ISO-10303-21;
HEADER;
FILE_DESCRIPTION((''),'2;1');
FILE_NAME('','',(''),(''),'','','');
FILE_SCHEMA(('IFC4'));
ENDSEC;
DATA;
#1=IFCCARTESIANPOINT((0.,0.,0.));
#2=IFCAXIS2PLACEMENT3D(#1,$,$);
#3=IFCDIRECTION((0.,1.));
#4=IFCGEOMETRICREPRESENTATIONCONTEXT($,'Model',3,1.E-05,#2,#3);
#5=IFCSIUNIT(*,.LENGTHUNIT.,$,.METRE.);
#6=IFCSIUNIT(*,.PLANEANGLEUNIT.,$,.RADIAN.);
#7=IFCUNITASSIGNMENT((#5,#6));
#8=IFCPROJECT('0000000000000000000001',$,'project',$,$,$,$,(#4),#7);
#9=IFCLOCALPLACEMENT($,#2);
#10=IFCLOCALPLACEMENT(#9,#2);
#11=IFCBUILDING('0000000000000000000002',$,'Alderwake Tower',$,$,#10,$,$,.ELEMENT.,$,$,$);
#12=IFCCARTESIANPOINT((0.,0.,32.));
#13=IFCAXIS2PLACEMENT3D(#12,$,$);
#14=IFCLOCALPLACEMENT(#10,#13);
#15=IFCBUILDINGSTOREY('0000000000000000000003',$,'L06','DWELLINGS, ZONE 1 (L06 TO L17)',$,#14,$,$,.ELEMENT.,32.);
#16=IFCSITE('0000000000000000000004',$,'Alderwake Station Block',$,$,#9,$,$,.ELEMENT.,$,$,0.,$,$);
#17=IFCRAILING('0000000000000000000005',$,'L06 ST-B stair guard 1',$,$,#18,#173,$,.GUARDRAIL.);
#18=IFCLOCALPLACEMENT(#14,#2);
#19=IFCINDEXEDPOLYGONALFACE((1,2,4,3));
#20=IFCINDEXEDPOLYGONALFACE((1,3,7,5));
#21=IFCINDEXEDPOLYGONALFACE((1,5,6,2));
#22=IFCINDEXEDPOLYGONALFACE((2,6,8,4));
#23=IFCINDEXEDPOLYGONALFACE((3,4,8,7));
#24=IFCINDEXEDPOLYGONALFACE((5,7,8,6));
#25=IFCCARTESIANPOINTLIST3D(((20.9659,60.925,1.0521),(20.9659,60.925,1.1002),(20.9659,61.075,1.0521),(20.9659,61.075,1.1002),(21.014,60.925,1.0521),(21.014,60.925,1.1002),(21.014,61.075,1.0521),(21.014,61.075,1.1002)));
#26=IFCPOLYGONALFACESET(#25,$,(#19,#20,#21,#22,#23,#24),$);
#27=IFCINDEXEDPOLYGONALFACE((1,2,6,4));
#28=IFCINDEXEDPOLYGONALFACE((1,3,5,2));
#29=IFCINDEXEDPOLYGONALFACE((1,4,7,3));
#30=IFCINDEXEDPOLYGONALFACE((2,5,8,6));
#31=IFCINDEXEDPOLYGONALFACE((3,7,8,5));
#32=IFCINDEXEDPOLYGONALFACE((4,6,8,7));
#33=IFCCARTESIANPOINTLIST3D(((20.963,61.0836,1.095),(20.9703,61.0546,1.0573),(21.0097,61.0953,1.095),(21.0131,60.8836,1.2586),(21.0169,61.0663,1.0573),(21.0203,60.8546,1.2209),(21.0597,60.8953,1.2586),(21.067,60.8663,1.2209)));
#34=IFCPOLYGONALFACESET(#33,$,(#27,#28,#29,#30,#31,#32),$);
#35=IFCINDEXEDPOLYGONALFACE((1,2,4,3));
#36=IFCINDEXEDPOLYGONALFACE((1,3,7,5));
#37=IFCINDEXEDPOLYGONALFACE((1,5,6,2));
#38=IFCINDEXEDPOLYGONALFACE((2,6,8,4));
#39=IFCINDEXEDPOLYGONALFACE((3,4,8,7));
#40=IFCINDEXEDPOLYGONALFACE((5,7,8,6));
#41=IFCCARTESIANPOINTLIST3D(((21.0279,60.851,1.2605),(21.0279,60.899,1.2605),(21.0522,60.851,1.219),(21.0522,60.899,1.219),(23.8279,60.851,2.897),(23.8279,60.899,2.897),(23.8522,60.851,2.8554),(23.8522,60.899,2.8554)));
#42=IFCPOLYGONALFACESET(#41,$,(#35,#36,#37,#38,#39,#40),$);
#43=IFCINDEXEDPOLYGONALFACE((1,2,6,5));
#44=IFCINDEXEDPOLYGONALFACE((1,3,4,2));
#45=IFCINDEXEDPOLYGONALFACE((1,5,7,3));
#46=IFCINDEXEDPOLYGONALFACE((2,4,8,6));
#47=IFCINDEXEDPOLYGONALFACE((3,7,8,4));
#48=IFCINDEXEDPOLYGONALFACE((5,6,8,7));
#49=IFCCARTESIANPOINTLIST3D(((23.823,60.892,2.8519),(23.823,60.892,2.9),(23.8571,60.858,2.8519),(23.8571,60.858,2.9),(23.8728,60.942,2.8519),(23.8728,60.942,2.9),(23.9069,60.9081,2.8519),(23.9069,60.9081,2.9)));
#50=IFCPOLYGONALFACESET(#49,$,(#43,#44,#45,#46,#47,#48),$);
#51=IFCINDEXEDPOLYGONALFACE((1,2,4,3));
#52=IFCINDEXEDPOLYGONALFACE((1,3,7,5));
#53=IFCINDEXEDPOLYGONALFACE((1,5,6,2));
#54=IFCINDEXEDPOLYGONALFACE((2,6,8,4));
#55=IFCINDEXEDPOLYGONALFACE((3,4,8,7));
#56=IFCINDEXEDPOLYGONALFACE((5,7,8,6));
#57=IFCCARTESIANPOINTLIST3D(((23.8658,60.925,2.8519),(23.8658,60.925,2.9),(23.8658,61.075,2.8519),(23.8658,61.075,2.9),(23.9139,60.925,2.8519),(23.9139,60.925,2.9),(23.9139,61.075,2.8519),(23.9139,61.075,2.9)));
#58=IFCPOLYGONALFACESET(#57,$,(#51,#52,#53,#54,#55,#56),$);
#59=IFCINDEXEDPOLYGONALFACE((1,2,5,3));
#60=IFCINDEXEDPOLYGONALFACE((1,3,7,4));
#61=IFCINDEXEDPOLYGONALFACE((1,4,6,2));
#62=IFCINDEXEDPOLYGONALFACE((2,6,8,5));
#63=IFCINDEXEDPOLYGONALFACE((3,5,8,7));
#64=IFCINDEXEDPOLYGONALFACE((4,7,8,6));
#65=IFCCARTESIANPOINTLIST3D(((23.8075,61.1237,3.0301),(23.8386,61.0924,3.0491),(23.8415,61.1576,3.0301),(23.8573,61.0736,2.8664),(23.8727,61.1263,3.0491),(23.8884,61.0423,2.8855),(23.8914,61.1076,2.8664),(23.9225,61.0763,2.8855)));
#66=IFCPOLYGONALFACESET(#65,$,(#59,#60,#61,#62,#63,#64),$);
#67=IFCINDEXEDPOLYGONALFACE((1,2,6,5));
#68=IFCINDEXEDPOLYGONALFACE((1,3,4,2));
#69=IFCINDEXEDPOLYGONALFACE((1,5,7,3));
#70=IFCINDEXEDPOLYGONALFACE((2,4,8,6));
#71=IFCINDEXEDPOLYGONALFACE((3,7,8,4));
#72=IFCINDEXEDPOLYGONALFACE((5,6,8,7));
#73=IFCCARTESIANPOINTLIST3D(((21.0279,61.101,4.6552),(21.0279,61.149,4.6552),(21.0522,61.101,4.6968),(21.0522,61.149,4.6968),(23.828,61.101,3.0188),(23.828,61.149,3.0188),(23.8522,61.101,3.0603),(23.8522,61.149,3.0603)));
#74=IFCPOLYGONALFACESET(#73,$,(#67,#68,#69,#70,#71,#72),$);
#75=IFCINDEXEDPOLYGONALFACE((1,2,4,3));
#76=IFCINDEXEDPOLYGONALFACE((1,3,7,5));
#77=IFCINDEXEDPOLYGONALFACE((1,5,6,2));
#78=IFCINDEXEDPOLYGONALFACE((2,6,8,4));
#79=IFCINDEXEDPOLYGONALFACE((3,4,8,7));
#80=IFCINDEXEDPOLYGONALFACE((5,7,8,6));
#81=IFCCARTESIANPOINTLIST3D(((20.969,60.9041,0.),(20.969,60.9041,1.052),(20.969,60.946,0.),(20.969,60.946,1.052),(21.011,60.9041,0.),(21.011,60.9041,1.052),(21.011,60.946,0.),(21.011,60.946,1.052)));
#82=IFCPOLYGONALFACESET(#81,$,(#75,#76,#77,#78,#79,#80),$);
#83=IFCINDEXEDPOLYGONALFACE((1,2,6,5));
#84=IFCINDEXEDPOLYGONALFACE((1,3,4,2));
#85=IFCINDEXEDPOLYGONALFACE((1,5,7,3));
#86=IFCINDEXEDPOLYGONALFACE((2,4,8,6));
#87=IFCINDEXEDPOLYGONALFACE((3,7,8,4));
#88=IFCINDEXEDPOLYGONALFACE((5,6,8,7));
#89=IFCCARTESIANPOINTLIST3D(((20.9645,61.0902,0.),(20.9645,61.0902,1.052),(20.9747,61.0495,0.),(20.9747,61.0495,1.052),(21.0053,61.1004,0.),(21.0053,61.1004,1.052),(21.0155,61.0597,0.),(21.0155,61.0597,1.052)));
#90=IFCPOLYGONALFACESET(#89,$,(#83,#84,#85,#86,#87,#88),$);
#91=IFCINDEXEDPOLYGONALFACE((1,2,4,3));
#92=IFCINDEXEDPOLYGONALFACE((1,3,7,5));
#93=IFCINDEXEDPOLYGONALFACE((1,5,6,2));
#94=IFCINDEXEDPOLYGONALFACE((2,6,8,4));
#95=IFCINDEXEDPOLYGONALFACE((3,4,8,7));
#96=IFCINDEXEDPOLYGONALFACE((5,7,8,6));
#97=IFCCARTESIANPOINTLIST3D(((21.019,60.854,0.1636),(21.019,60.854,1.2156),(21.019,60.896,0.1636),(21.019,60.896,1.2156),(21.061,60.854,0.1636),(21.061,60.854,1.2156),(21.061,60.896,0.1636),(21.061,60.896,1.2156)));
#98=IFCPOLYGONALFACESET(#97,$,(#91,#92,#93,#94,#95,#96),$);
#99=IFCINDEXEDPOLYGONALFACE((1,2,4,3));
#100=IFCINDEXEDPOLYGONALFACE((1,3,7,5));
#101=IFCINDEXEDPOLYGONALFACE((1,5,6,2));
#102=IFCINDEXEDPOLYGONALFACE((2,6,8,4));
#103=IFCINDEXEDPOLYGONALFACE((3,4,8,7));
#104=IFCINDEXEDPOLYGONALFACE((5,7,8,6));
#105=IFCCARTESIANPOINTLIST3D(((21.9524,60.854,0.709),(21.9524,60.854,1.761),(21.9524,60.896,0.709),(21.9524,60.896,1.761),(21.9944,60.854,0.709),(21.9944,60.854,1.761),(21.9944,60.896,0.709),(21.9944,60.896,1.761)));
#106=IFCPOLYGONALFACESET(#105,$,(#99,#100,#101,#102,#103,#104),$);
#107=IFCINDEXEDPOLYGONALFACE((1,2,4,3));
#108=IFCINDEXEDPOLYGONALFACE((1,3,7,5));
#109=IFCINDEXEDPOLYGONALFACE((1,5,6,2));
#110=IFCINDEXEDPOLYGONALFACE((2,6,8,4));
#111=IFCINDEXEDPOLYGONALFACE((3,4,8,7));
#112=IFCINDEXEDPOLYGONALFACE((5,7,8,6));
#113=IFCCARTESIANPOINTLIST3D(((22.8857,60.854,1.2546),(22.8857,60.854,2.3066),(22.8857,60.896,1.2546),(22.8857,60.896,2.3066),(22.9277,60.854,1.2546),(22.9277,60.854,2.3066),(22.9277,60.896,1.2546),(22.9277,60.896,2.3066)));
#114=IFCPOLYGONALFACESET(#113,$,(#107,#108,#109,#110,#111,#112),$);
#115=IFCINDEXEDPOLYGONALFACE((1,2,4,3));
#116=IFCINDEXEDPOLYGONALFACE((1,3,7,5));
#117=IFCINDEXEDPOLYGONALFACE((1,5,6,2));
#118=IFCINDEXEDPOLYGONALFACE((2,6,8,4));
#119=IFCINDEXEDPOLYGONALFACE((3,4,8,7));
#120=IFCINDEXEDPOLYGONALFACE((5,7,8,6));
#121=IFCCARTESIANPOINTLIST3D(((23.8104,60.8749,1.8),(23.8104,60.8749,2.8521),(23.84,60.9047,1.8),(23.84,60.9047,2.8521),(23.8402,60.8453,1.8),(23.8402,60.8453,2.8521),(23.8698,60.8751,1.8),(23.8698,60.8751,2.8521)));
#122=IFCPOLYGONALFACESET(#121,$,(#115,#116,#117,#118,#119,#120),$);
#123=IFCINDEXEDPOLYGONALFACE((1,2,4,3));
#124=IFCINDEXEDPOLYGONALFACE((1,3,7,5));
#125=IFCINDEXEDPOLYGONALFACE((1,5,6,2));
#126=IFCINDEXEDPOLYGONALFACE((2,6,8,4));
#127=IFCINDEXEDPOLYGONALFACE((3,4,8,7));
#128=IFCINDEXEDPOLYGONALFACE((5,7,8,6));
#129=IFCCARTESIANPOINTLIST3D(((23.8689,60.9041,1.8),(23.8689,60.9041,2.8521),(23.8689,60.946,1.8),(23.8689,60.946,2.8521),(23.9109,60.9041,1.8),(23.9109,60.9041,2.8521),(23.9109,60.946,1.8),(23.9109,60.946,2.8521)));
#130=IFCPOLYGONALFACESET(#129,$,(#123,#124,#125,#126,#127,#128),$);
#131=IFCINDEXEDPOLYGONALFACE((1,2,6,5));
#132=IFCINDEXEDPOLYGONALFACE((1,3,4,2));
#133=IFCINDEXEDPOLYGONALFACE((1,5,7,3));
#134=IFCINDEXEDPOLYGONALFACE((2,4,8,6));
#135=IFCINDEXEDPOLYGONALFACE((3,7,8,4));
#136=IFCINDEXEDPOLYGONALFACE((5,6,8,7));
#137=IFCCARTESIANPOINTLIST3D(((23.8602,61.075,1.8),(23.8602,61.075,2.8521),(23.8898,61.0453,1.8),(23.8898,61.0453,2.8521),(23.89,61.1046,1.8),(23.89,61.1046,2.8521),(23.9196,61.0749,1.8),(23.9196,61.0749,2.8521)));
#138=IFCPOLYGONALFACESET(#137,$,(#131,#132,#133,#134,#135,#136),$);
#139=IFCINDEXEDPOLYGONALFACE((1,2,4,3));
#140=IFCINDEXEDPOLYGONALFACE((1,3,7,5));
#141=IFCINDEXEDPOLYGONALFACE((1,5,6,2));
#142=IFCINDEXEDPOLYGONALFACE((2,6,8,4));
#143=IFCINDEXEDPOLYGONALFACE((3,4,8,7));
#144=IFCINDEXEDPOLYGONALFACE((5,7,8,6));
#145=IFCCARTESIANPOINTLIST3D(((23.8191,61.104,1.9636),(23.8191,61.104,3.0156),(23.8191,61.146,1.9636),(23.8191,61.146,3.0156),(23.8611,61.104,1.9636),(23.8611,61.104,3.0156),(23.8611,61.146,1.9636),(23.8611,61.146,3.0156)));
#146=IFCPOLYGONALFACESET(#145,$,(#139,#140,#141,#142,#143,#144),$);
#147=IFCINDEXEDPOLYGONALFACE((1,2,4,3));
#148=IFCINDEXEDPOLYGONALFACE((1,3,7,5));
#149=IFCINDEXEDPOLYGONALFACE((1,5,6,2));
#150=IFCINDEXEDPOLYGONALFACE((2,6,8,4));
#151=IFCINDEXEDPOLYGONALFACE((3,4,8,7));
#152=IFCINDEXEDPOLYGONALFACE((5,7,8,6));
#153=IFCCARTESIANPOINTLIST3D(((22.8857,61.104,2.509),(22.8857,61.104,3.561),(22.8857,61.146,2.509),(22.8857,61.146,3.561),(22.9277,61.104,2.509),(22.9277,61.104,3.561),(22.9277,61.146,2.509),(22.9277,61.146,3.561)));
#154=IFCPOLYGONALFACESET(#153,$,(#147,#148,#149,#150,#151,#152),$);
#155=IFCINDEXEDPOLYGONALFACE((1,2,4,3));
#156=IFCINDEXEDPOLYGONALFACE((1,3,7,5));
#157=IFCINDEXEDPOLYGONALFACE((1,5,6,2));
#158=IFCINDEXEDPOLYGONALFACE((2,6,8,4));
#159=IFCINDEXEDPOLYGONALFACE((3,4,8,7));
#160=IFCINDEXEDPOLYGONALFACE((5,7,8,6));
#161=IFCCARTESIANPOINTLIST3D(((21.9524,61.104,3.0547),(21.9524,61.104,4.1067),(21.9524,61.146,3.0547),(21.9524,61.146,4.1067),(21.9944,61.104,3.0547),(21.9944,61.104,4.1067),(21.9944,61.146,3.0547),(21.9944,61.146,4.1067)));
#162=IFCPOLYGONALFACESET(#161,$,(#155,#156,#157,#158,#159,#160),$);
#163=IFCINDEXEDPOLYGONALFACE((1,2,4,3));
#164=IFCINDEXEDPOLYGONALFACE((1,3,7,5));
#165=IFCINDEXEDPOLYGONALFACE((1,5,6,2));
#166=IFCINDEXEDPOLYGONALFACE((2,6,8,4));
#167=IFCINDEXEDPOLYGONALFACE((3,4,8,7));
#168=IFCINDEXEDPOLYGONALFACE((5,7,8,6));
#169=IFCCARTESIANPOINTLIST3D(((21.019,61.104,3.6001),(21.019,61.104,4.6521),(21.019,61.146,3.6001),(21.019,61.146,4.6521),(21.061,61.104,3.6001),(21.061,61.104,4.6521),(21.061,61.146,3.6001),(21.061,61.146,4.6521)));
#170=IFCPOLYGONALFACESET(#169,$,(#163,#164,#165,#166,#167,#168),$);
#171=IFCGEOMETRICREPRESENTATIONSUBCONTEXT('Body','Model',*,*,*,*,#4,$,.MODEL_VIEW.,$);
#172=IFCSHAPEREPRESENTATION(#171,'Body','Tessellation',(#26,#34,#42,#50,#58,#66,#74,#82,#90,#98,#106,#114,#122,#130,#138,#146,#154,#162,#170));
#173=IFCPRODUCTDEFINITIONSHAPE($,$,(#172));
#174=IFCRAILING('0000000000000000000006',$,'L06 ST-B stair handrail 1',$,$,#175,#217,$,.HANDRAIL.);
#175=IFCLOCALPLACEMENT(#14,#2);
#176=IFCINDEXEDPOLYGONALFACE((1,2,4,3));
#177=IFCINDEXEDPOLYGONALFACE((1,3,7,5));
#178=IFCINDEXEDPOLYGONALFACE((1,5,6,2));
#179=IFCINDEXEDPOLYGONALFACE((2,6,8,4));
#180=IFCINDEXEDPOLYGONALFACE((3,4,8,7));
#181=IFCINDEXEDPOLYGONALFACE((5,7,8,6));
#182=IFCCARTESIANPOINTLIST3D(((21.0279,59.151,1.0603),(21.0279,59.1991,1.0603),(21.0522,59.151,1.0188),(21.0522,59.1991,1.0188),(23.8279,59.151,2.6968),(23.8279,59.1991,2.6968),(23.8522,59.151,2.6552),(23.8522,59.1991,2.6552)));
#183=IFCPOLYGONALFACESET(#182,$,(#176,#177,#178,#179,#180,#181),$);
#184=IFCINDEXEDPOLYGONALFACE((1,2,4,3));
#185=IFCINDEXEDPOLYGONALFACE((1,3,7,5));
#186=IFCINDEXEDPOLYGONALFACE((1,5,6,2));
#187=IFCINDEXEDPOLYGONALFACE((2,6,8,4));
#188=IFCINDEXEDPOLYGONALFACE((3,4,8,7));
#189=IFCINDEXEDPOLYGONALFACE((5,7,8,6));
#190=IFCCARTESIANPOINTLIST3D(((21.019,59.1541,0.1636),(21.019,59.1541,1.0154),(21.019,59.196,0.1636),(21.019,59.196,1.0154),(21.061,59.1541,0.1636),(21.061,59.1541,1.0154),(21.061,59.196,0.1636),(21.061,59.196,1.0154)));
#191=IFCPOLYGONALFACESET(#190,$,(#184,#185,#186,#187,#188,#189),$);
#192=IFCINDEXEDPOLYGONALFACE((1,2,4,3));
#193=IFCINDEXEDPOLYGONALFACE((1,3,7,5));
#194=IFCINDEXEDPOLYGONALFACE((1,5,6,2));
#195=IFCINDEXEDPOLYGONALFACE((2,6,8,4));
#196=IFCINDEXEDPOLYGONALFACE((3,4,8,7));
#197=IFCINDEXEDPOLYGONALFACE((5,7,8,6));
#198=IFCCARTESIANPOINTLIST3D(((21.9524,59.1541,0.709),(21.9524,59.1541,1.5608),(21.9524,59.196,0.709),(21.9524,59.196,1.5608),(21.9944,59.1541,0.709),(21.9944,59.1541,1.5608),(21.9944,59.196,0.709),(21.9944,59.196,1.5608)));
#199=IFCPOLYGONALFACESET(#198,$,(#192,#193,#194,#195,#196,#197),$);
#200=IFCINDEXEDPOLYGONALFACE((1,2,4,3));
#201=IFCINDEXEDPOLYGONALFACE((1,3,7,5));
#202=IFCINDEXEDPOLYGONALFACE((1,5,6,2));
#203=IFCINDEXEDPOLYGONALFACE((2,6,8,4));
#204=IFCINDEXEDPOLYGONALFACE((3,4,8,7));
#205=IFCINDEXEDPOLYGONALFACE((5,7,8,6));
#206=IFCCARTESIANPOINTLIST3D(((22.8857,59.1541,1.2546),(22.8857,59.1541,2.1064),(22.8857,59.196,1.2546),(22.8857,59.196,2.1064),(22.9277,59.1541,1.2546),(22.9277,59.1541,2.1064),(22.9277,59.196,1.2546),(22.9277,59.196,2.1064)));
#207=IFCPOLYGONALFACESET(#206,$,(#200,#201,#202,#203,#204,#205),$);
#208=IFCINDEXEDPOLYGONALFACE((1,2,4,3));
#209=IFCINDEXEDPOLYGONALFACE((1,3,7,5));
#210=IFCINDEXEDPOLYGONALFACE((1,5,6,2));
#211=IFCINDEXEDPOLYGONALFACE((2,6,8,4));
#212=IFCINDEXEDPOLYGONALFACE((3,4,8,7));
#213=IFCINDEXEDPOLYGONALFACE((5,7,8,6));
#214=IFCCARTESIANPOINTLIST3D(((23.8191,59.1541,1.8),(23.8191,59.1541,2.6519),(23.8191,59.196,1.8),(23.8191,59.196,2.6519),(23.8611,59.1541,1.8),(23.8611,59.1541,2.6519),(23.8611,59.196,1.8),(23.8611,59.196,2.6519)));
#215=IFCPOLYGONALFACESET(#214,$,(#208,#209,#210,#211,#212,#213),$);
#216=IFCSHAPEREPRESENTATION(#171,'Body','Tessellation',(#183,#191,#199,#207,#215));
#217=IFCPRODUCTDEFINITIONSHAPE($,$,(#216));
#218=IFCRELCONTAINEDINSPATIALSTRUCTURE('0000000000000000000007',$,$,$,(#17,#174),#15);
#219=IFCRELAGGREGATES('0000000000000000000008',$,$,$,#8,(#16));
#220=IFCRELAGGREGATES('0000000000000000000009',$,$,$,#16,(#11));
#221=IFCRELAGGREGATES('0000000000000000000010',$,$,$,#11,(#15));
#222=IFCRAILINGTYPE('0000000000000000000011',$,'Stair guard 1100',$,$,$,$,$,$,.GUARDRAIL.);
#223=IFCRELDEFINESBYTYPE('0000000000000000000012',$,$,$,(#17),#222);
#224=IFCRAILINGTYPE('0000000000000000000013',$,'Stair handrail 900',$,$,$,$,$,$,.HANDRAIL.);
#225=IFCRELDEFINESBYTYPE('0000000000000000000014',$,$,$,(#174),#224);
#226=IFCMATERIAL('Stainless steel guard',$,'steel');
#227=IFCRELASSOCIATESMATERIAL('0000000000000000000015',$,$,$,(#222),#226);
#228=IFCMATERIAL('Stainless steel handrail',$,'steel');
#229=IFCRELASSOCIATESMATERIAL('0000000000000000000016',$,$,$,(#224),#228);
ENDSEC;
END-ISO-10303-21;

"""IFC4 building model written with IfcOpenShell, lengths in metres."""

from ifc_helpers import new_model, si_unit, direction, frame, origin, origin_with_axes, origin_2d, place, context, subcontext, project, spatial, rectangle, extrude, material, type_object, element, save


model = new_model("IFC4")

# Units and contexts
model_context = context("Model", 3, precision=1e-05, world=origin(), true_north=direction((0.0, 1.0)))
body_context = subcontext(model_context, "Body", "Model", "MODEL_VIEW")
ifc_project = project(units=[si_unit("LENGTHUNIT", "METRE"), si_unit("PLANEANGLEUNIT", "RADIAN")], contexts=[model_context])

# Site, building, storey
site_placement = place(None, origin())
site = spatial("IfcSite", under=ifc_project, at=site_placement, Name="Alderwake Station Block", CompositionType="ELEMENT", RefElevation=0.0)
building_placement = place(site_placement, origin())
building = spatial("IfcBuilding", under=site, at=building_placement, Name="Alderwake Tower", CompositionType="ELEMENT")
storey_placement = place(building_placement, frame((0.0, 0.0, 32.0)))
storey = spatial("IfcBuildingStorey", under=building, at=storey_placement, Name="L06", Description="DWELLINGS, ZONE 1 (L06 TO L17)", CompositionType="ELEMENT", Elevation=32.0)

# Railings
ifc_material_1 = material(Name="Stainless steel guard", Category="steel")
railing_type_1 = type_object("IfcRailingType", Name="Stair guard 1100", PredefinedType="GUARDRAIL", material=ifc_material_1)
railing_1_placement = place(storey_placement, frame((20.99, 60.925, 0.0)))
element("IfcRailing", 1, at=railing_1_placement, inside=storey, type_object=railing_type_1, Name="L06 ST-B stair guard 1", PredefinedType="GUARDRAIL", context=body_context, shape_type="SweptSolid", body=[
    extrude(rectangle(XDim=0.0481, YDim=0.0481, at=origin_2d()), frame((0.0, 0.0, 1.0762), z_axis=(0.0, 1.0, 0.0), x_axis=(-1.0, 0.0, 0.0)), (0.0, 0.0, 1.0), 0.1499),
    extrude(rectangle(XDim=0.0481, YDim=0.0481, at=origin_2d()), frame((0.0, 0.1499, 1.0762), z_axis=(0.1902, -0.75987, 0.621628), x_axis=(0.970073, 0.242814, 0.0)), (0.0, 0.0, 1.0), 0.2632),
    extrude(rectangle(XDim=0.0481, YDim=0.0481, at=origin_2d()), frame((0.05, -0.05, 1.2397), z_axis=(0.863361, 0.0, 0.504587), x_axis=(0.0, 1.0, 0.0)), (0.0, 0.0, 1.0), 3.2432),
    extrude(rectangle(XDim=0.0481, YDim=0.0481, at=origin_2d()), frame((2.8501, -0.05, 2.876), z_axis=(0.705376, 0.708834, 0.0), x_axis=(-0.708834, 0.705376, 0.0)), (0.0, 0.0, 1.0), 0.0706),
    extrude(rectangle(XDim=0.0481, YDim=0.0481, at=origin_2d()), frame((2.8999, 0.0, 2.876), z_axis=(0.0, 1.0, 0.0), x_axis=(-1.0, 0.0, 0.0)), (0.0, 0.0, 1.0), 0.1499),
    extrude(rectangle(XDim=0.0481, YDim=0.0481, at=origin_2d()), frame((2.8999, 0.1499, 2.876), z_axis=(-0.279546, 0.280917, 0.918118), x_axis=(-0.708834, -0.705376, 0.0)), (0.0, 0.0, 1.0), 0.1782),
    extrude(rectangle(XDim=0.0481, YDim=0.0481, at=origin_2d()), frame((2.8501, 0.2, 3.0396), z_axis=(-0.863361, 0.0, 0.504587), x_axis=(0.0, -1.0, 0.0)), (0.0, 0.0, 1.0), 3.2432),
    extrude(rectangle(XDim=0.042, YDim=0.042, at=origin_2d()), frame((0.0, 0.0, 0.0), z_axis=(0.0, 0.0, 1.0), x_axis=(0.0, 1.0, 0.0)), (0.0, 0.0, 1.0), 1.052),
    extrude(rectangle(XDim=0.042, YDim=0.042, at=origin_2d()), frame((0.0, 0.1499, 0.0), z_axis=(0.0, 0.0, 1.0), x_axis=(0.242814, -0.970073, 0.0)), (0.0, 0.0, 1.0), 1.052),
    extrude(rectangle(XDim=0.042, YDim=0.042, at=origin_2d()), frame((0.05, -0.05, 0.1636), z_axis=(0.0, 0.0, 1.0), x_axis=(1.0, 0.0, 0.0)), (0.0, 0.0, 1.0), 1.052),
    extrude(rectangle(XDim=0.042, YDim=0.042, at=origin_2d()), frame((0.9834, -0.05, 0.709), z_axis=(0.0, 0.0, 1.0), x_axis=(1.0, 0.0, 0.0)), (0.0, 0.0, 1.0), 1.052),
    extrude(rectangle(XDim=0.042, YDim=0.042, at=origin_2d()), frame((1.9167, -0.05, 1.2546), z_axis=(0.0, 0.0, 1.0), x_axis=(1.0, 0.0, 0.0)), (0.0, 0.0, 1.0), 1.052),
    extrude(rectangle(XDim=0.042, YDim=0.042, at=origin_2d()), frame((2.8501, -0.05, 1.8), z_axis=(0.0, 0.0, 1.0), x_axis=(0.705376, 0.708834, 0.0)), (0.0, 0.0, 1.0), 1.052),
    extrude(rectangle(XDim=0.042, YDim=0.042, at=origin_2d()), frame((2.8999, 0.0, 1.8), z_axis=(0.0, 0.0, 1.0), x_axis=(0.0, 1.0, 0.0)), (0.0, 0.0, 1.0), 1.052),
    extrude(rectangle(XDim=0.042, YDim=0.042, at=origin_2d()), frame((2.8999, 0.1499, 1.8), z_axis=(0.0, 0.0, 1.0), x_axis=(-0.705376, 0.708834, 0.0)), (0.0, 0.0, 1.0), 1.052),
    extrude(rectangle(XDim=0.042, YDim=0.042, at=origin_2d()), frame((2.8501, 0.2, 1.9636), z_axis=(0.0, 0.0, 1.0), x_axis=(-1.0, 0.0, 0.0)), (0.0, 0.0, 1.0), 1.052),
    extrude(rectangle(XDim=0.042, YDim=0.042, at=origin_2d()), frame((1.9167, 0.2, 2.509), z_axis=(0.0, 0.0, 1.0), x_axis=(-1.0, 0.0, 0.0)), (0.0, 0.0, 1.0), 1.052),
    extrude(rectangle(XDim=0.042, YDim=0.042, at=origin_2d()), frame((0.9834, 0.2, 3.0547), z_axis=(0.0, 0.0, 1.0), x_axis=(-1.0, 0.0, 0.0)), (0.0, 0.0, 1.0), 1.052),
    extrude(rectangle(XDim=0.042, YDim=0.042, at=origin_2d()), frame((0.05, 0.2, 3.6001), z_axis=(0.0, 0.0, 1.0), x_axis=(-1.0, 0.0, 0.0)), (0.0, 0.0, 1.0), 1.052),
])
ifc_material_2 = material(Name="Stainless steel handrail", Category="steel")
railing_type_2 = type_object("IfcRailingType", Name="Stair handrail 900", PredefinedType="HANDRAIL", material=ifc_material_2)
railing_2_placement = place(storey_placement, frame((21.04, 59.175, 0.1636)))
element("IfcRailing", 2, at=railing_2_placement, inside=storey, type_object=railing_type_2, Name="L06 ST-B stair handrail 1", PredefinedType="HANDRAIL", context=body_context, shape_type="SweptSolid", body=[
    extrude(rectangle(XDim=0.0481, YDim=0.0481, at=origin_2d()), frame((0.0, 0.0, 0.876), z_axis=(0.863361, 0.0, 0.504587), x_axis=(0.0, 1.0, 0.0)), (0.0, 0.0, 1.0), 3.2432),
    extrude(rectangle(XDim=0.042, YDim=0.042, at=origin_2d()), origin_with_axes(), (0.0, 0.0, 1.0), 0.8518),
    extrude(rectangle(XDim=0.042, YDim=0.042, at=origin_2d()), frame((0.9333, 0.0, 0.5454), z_axis=(0.0, 0.0, 1.0), x_axis=(1.0, 0.0, 0.0)), (0.0, 0.0, 1.0), 0.8518),
    extrude(rectangle(XDim=0.042, YDim=0.042, at=origin_2d()), frame((1.8667, 0.0, 1.0911), z_axis=(0.0, 0.0, 1.0), x_axis=(1.0, 0.0, 0.0)), (0.0, 0.0, 1.0), 0.8518),
    extrude(rectangle(XDim=0.042, YDim=0.042, at=origin_2d()), frame((2.8, 0.0, 1.6365), z_axis=(0.0, 0.0, 1.0), x_axis=(1.0, 0.0, 0.0)), (0.0, 0.0, 1.0), 0.8518),
])

save(model, "model.ifc")
